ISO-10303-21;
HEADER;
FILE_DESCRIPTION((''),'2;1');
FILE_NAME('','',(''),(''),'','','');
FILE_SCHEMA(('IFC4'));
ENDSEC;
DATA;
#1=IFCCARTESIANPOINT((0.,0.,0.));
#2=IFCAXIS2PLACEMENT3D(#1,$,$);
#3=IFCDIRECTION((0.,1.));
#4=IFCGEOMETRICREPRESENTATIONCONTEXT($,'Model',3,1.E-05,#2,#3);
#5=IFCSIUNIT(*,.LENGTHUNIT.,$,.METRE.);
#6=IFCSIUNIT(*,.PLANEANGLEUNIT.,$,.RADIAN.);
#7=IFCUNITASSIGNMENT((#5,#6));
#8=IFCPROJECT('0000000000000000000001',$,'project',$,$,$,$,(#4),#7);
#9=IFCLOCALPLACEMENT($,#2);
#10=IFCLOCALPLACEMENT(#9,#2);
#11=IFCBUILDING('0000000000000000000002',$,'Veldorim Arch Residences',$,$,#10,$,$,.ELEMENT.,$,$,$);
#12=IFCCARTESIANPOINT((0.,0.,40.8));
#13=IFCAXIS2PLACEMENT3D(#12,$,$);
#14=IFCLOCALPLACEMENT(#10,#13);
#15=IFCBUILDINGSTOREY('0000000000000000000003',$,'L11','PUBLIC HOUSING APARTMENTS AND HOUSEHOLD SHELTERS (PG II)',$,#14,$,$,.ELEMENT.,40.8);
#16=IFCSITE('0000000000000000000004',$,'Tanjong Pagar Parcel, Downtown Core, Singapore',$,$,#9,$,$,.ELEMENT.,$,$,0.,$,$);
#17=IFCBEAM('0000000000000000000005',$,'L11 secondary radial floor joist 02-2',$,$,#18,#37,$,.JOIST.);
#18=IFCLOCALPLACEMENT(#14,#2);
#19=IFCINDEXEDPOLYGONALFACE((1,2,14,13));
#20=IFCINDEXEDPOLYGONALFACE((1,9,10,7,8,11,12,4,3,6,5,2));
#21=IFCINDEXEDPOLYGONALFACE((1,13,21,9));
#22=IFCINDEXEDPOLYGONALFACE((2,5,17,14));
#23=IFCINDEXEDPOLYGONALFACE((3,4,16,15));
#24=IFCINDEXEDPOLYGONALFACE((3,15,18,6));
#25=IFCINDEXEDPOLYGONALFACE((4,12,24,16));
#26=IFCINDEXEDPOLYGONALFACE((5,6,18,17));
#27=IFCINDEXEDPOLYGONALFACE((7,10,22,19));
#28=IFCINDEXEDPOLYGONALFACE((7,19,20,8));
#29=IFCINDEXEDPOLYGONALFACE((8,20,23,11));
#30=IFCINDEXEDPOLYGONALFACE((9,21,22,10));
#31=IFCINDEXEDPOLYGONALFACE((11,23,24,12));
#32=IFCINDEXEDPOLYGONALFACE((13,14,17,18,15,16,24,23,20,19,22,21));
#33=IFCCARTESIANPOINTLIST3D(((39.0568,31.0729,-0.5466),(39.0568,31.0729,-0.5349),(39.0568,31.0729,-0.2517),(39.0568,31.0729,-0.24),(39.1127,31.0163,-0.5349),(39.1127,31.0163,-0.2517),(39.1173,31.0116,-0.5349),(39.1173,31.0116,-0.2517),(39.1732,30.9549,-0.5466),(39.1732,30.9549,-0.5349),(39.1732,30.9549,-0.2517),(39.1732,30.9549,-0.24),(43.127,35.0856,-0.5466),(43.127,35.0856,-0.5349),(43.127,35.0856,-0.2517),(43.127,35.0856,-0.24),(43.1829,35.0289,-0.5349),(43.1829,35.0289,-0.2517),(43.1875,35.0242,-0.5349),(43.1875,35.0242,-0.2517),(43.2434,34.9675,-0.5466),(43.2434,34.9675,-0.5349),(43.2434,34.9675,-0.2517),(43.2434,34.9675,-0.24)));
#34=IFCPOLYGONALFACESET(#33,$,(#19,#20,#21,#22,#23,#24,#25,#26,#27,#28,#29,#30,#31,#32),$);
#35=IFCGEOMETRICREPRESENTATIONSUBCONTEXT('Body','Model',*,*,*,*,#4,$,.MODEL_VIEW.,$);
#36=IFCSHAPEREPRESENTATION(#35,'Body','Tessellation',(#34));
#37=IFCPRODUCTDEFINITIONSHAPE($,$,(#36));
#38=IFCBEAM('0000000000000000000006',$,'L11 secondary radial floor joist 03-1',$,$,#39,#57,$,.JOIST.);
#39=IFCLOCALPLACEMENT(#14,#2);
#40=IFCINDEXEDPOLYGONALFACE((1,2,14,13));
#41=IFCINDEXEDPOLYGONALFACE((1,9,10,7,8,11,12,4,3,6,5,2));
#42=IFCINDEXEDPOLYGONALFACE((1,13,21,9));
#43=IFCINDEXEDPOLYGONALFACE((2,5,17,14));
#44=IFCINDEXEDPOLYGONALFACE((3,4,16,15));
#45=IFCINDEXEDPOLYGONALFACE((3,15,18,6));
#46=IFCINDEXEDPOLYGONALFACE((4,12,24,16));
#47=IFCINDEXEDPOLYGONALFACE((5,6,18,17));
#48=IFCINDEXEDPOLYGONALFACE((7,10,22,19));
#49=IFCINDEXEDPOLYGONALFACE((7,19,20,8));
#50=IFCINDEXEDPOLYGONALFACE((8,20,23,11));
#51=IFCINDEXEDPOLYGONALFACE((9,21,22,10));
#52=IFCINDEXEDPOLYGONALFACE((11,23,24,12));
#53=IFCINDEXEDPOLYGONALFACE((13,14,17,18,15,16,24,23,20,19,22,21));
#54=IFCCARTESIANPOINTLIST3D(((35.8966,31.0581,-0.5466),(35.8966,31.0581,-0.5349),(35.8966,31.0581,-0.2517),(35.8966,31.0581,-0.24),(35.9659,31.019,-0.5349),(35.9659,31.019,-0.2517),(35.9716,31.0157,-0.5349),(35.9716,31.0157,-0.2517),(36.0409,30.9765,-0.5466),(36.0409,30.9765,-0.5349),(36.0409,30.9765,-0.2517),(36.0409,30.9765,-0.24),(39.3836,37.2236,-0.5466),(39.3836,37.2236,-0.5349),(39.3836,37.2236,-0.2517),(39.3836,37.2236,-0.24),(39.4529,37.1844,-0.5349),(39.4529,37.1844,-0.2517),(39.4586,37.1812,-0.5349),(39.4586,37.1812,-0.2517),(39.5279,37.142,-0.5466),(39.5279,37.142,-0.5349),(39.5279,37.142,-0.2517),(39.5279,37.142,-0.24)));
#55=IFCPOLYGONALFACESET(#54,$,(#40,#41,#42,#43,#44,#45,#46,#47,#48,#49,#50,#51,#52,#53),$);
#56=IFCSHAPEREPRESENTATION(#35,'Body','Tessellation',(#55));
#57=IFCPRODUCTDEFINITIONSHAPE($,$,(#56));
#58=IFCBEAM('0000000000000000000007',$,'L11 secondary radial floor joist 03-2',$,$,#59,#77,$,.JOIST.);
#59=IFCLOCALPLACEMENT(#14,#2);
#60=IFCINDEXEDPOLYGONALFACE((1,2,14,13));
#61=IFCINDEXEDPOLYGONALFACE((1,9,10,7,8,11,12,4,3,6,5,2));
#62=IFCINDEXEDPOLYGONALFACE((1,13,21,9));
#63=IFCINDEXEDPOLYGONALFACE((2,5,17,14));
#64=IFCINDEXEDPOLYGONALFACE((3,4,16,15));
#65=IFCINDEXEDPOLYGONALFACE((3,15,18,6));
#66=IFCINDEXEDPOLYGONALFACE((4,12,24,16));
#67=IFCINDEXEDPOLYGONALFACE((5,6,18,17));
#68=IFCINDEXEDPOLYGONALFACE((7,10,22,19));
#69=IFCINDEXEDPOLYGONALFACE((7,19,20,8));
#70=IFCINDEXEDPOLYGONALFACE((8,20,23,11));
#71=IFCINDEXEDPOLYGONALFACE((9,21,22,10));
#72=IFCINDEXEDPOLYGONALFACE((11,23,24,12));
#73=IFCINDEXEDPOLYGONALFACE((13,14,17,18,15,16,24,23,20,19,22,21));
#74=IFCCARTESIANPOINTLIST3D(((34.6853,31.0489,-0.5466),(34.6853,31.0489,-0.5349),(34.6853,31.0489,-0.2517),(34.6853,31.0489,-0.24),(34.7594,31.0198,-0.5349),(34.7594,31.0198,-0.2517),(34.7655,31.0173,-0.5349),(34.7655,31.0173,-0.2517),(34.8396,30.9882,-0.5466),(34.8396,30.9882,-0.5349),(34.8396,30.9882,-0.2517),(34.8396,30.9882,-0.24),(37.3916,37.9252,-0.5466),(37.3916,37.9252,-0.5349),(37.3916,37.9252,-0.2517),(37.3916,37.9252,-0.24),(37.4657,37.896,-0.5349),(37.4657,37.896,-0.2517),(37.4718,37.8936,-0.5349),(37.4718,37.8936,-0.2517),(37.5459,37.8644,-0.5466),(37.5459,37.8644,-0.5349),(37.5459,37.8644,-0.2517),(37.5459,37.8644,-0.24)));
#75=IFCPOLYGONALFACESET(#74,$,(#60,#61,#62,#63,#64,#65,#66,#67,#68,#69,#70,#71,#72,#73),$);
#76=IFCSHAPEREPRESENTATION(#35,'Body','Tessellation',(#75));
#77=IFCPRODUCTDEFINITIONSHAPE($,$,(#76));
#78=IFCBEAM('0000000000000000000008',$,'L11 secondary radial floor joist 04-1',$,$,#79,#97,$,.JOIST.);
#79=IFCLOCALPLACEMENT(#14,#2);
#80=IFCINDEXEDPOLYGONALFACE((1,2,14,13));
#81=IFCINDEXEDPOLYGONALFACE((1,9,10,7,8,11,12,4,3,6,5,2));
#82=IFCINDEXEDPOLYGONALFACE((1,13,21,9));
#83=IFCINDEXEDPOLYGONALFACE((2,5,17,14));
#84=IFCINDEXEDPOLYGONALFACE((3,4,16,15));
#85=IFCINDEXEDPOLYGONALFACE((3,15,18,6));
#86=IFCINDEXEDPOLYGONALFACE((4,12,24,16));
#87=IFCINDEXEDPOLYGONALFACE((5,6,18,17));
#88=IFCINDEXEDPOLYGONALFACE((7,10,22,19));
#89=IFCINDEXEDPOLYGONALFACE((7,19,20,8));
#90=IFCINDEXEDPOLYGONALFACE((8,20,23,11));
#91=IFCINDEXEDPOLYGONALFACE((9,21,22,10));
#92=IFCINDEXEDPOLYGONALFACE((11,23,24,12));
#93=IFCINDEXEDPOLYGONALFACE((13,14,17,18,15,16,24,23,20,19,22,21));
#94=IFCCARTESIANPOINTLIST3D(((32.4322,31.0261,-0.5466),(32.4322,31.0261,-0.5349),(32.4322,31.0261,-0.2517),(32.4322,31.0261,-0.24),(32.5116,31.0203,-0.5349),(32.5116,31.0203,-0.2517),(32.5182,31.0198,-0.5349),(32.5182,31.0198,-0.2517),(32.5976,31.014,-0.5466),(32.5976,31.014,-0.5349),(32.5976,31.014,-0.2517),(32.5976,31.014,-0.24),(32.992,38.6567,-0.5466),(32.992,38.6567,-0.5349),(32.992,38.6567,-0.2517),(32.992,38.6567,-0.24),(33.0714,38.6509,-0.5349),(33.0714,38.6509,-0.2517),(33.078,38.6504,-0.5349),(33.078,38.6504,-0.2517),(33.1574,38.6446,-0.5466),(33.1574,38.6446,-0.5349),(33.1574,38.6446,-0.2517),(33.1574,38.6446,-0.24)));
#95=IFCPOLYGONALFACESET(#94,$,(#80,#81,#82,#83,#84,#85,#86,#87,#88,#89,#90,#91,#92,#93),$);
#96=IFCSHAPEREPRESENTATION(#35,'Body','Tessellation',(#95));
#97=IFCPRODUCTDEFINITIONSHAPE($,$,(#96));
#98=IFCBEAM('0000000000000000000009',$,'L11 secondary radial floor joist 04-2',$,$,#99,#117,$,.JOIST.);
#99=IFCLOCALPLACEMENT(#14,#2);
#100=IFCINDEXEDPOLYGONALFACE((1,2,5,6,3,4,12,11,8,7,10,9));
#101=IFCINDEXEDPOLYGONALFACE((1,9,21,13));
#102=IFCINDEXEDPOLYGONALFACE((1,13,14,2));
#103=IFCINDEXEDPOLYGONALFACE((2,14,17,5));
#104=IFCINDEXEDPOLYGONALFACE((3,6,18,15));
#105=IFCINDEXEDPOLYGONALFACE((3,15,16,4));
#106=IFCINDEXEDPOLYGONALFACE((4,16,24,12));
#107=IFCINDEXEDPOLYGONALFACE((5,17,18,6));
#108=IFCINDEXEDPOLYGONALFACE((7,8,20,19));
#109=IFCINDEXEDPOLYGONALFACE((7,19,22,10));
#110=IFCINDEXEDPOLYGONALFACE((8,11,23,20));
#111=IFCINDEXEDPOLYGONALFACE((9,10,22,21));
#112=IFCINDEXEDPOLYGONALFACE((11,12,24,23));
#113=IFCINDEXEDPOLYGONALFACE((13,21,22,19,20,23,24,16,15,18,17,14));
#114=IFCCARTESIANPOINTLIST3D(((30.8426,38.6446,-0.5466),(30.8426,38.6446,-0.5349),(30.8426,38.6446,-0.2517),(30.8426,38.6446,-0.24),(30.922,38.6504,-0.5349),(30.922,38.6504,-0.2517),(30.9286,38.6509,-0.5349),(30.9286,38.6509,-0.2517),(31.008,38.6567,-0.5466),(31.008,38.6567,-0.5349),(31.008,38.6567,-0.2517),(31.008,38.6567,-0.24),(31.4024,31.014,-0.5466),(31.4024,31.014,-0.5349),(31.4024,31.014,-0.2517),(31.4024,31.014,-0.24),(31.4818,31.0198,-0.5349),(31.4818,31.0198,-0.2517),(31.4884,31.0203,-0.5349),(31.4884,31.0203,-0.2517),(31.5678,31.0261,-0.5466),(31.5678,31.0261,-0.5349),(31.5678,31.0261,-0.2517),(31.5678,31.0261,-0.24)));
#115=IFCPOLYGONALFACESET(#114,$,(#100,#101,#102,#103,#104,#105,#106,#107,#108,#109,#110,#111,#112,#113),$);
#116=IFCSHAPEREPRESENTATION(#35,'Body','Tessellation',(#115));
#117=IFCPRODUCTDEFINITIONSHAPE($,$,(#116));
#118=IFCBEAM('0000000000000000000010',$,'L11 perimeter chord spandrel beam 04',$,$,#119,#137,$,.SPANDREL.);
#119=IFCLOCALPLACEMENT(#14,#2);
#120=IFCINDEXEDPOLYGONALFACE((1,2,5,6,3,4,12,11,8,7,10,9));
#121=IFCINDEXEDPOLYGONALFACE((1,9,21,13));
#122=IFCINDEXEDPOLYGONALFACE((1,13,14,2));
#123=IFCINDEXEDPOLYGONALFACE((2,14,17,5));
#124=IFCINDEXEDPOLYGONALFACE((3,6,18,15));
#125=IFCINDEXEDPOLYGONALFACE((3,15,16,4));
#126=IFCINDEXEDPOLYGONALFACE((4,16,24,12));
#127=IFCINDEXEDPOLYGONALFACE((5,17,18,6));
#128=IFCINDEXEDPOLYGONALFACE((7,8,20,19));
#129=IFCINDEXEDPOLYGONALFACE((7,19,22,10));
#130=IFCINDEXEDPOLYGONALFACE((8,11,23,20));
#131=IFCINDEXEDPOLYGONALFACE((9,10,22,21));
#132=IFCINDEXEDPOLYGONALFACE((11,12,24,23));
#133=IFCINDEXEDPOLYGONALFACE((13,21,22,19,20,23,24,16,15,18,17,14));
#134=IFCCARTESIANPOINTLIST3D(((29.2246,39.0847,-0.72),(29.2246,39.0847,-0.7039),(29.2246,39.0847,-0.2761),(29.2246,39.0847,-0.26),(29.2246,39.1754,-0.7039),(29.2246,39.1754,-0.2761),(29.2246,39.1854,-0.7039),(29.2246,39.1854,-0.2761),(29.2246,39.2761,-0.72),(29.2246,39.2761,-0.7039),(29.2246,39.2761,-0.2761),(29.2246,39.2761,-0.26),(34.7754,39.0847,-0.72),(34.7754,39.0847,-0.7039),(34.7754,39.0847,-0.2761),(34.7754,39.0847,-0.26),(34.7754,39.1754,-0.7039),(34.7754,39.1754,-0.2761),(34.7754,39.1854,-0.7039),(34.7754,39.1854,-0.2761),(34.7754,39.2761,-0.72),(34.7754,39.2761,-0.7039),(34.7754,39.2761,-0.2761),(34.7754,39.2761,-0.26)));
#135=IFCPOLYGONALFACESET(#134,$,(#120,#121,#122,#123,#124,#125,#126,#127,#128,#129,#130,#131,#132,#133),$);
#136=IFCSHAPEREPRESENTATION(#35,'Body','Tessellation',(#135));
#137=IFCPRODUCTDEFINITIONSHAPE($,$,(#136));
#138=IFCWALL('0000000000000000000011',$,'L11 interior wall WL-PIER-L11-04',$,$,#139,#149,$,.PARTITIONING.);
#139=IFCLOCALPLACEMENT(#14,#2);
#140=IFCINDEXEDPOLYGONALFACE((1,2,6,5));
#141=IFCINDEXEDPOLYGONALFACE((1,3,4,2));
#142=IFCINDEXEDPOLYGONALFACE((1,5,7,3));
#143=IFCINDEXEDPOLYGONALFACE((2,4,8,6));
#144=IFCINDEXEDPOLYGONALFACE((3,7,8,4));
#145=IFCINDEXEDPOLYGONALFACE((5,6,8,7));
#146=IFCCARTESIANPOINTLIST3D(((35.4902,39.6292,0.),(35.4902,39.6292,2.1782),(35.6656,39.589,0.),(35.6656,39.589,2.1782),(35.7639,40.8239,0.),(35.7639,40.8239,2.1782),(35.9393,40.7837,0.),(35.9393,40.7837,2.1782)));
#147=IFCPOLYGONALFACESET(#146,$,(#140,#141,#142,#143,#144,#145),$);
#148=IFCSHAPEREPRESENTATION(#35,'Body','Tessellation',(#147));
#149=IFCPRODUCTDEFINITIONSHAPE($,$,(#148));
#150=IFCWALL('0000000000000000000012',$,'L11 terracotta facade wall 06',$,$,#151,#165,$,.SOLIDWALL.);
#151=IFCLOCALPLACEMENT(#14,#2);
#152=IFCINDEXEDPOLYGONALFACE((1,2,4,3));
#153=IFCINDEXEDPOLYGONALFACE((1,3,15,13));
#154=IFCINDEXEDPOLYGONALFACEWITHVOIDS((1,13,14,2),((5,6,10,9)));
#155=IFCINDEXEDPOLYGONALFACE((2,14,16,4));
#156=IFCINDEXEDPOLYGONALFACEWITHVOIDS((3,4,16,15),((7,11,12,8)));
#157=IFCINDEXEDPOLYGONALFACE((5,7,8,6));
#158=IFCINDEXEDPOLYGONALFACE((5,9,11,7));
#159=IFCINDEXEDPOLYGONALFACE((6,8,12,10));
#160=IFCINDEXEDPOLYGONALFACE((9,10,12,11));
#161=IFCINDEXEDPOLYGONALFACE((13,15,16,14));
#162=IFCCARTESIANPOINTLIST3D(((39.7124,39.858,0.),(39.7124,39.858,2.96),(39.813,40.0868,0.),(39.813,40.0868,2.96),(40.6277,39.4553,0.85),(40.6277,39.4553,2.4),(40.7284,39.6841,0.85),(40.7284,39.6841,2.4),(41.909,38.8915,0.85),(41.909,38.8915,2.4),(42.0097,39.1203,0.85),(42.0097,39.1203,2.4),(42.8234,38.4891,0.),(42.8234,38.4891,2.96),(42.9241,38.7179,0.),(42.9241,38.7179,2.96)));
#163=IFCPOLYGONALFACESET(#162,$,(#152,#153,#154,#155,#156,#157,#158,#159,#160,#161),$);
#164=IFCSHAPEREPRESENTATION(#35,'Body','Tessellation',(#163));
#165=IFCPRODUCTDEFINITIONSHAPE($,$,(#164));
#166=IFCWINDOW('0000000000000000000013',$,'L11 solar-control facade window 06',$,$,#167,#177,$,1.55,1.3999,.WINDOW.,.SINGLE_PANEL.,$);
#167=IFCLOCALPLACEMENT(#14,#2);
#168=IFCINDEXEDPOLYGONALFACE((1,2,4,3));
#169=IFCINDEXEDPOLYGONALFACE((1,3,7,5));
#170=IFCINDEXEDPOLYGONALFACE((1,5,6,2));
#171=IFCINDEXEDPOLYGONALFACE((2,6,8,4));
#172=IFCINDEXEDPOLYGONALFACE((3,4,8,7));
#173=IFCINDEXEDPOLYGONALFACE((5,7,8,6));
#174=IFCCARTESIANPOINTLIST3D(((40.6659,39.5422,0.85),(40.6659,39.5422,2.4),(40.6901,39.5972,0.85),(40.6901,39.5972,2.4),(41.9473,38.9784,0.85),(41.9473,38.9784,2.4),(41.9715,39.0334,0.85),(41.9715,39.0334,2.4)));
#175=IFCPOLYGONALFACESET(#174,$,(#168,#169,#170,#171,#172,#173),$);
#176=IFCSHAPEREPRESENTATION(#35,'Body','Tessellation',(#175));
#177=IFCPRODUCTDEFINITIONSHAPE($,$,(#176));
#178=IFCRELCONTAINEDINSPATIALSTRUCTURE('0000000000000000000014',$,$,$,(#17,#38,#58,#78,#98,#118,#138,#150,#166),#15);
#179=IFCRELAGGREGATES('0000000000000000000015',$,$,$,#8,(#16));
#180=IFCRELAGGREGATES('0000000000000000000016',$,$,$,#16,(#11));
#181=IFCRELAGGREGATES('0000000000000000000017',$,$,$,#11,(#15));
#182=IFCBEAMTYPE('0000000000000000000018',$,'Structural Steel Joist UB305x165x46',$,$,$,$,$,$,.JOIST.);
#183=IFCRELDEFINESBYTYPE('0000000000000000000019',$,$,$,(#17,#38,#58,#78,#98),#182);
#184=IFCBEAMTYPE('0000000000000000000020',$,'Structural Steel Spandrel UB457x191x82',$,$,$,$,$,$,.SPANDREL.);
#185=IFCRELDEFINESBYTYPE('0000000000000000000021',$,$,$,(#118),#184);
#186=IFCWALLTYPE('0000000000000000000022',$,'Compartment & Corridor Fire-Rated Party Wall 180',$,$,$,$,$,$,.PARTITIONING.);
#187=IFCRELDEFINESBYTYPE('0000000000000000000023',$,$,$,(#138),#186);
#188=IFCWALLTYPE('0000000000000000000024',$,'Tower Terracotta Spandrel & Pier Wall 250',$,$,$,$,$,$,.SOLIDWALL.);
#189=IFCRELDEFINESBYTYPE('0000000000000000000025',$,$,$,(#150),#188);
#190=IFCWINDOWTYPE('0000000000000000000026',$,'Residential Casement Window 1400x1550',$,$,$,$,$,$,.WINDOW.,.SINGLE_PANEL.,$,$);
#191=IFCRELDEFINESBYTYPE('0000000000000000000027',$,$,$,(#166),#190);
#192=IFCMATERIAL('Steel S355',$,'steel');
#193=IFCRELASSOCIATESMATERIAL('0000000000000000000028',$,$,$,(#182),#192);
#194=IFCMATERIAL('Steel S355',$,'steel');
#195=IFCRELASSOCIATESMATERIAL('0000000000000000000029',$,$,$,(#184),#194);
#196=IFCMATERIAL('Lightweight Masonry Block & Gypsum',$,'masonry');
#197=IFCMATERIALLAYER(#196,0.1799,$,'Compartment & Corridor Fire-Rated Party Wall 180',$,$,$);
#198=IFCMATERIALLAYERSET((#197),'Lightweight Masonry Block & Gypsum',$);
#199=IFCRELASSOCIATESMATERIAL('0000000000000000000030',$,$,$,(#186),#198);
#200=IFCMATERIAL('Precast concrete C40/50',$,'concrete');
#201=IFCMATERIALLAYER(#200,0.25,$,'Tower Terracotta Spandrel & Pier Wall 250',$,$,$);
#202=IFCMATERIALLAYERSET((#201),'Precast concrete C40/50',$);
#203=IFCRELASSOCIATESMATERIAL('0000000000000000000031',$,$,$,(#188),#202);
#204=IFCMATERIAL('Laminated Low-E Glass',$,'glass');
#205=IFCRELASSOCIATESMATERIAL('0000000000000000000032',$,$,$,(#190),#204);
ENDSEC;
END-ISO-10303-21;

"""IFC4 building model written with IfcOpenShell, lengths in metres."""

from ifc_helpers import new_model, si_unit, direction, frame, frame_2d, origin, origin_2d, place, context, subcontext, project, spatial, rectangle, i_section, extrude, material, layer, layer_set, material_profile, profile_set, type_object, element, fill, save


model = new_model("IFC4")

# Units and contexts
model_context = context("Model", 3, precision=1e-05, world=origin(), true_north=direction((0.0, 1.0)))
body_context = subcontext(model_context, "Body", "Model", "MODEL_VIEW")
ifc_project = project(units=[si_unit("LENGTHUNIT", "METRE"), si_unit("PLANEANGLEUNIT", "RADIAN")], contexts=[model_context])

# Site, building, storey
site_placement = place(None, origin())
site = spatial("IfcSite", under=ifc_project, at=site_placement, Name="Tanjong Pagar Parcel, Downtown Core, Singapore", CompositionType="ELEMENT", RefElevation=0.0)
building_placement = place(site_placement, origin())
building = spatial("IfcBuilding", under=site, at=building_placement, Name="Veldorim Arch Residences", CompositionType="ELEMENT")
storey_placement = place(building_placement, frame((0.0, 0.0, 40.8)))
storey = spatial("IfcBuildingStorey", under=building, at=storey_placement, Name="L11", Description="PUBLIC HOUSING APARTMENTS AND HOUSEHOLD SHELTERS (PG II)", CompositionType="ELEMENT", Elevation=40.8)

# Beams
ifc_material_1 = material(Name="Steel S355", Category="steel")
ifc_material_profile_1 = material_profile(ifc_material_1, i_section(OverallWidth=0.1658, OverallDepth=0.3066, WebThickness=0.0066, FlangeThickness=0.0117, at=origin_2d()), Name="UB305x165x46")
ifc_profile_set_1 = profile_set([ifc_material_profile_1], Name="Steel S355")
beam_type_1 = type_object("IfcBeamType", Name="Structural Steel Joist UB305x165x46", PredefinedType="JOIST", material=ifc_profile_set_1)
beam_1_placement = place(storey_placement, frame((39.115, 31.0139, -0.3933), z_axis=(0.712129, 0.702049, 0.0), x_axis=(-0.702049, 0.712129, 0.0)))
element("IfcBeam", 1, at=beam_1_placement, inside=storey, type_object=beam_type_1, Name="L11 secondary radial floor joist 02-2", PredefinedType="JOIST", context=body_context, shape_type="SweptSolid", body=[
    extrude(i_section(OverallWidth=0.1658, OverallDepth=0.3066, WebThickness=0.0066, FlangeThickness=0.0117, at=origin_2d()), origin(), (0.0, 0.0, 1.0), 5.7156),
])
beam_2_placement = place(storey_placement, frame((35.9688, 31.0173, -0.3933), z_axis=(0.492292, 0.87043, 0.0), x_axis=(-0.87043, 0.492292, 0.0)))
element("IfcBeam", 2, at=beam_2_placement, inside=storey, type_object=beam_type_1, Name="L11 secondary radial floor joist 03-1", PredefinedType="JOIST", context=body_context, shape_type="SweptSolid", body=[
    extrude(i_section(OverallWidth=0.1658, OverallDepth=0.3066, WebThickness=0.0066, FlangeThickness=0.0117, at=origin_2d()), origin(), (0.0, 0.0, 1.0), 7.0833),
])
beam_3_placement = place(storey_placement, frame((34.7625, 31.0186, -0.3933), z_axis=(0.36623, 0.930524, 0.0), x_axis=(-0.930524, 0.36623, 0.0)))
element("IfcBeam", 3, at=beam_3_placement, inside=storey, type_object=beam_type_1, Name="L11 secondary radial floor joist 03-2", PredefinedType="JOIST", context=body_context, shape_type="SweptSolid", body=[
    extrude(i_section(OverallWidth=0.1658, OverallDepth=0.3066, WebThickness=0.0066, FlangeThickness=0.0117, at=origin_2d()), origin(), (0.0, 0.0, 1.0), 7.3896),
])
for number, where, z_axis, x_axis, name in (
    (4, (32.5149, 31.02, -0.3933), (0.073168, 0.99732, 0.0), (-0.99732, 0.073168, 0.0), "L11 secondary radial floor joist 04-1"),
    (5, (31.4851, 31.02, -0.3933), (-0.073168, 0.99732, 0.0), (-0.99732, -0.073168, 0.0), "L11 secondary radial floor joist 04-2"),
):
    element("IfcBeam", number, at=place(storey_placement, frame(where, z_axis=z_axis, x_axis=x_axis)), inside=storey, type_object=beam_type_1, Name=name, PredefinedType="JOIST", context=body_context, shape_type="SweptSolid", body=[
        extrude(i_section(OverallWidth=0.1658, OverallDepth=0.3066, WebThickness=0.0066, FlangeThickness=0.0117, at=origin_2d()), origin(), (0.0, 0.0, 1.0), 7.6511),
    ])
ifc_material_2 = material(Name="Steel S355", Category="steel")
ifc_material_profile_2 = material_profile(ifc_material_2, i_section(OverallWidth=0.1914, OverallDepth=0.46, WebThickness=0.01, FlangeThickness=0.0161, at=origin_2d()), Name="UB457x191x82")
ifc_profile_set_2 = profile_set([ifc_material_profile_2], Name="Steel S355")
beam_type_2 = type_object("IfcBeamType", Name="Structural Steel Spandrel UB457x191x82", PredefinedType="SPANDREL", material=ifc_profile_set_2)
beam_4_placement = place(storey_placement, frame((34.7754, 39.1804, -0.49), z_axis=(-1.0, 0.0, 0.0), x_axis=(0.0, -1.0, 0.0)))
element("IfcBeam", 6, at=beam_4_placement, inside=storey, type_object=beam_type_2, Name="L11 perimeter chord spandrel beam 04", PredefinedType="SPANDREL", context=body_context, shape_type="SweptSolid", body=[
    extrude(i_section(OverallWidth=0.1914, OverallDepth=0.46, WebThickness=0.01, FlangeThickness=0.0161, at=origin_2d()), origin(), (0.0, 0.0, 1.0), 5.5508),
])

# Wall
ifc_material_3 = material(Name="Lightweight Masonry Block & Gypsum", Category="masonry")
ifc_layer_1 = layer(ifc_material_3, 0.1799, Name="Compartment & Corridor Fire-Rated Party Wall 180")
ifc_layer_set_1 = layer_set([ifc_layer_1], Name="Lightweight Masonry Block & Gypsum")
wall_type_1 = type_object("IfcWallType", Name="Compartment & Corridor Fire-Rated Party Wall 180", PredefinedType="PARTITIONING", material=ifc_layer_set_1)
wall_1_placement = place(storey_placement, frame((35.5779, 39.6091, 0.0), z_axis=(0.0, 0.0, 1.0), x_axis=(0.223317, 0.974746, 0.0)))
element("IfcWall", 7, at=wall_1_placement, inside=storey, type_object=wall_type_1, Name="L11 interior wall WL-PIER-L11-04", PredefinedType="PARTITIONING", context=body_context, shape_type="SweptSolid", body=[
    extrude(rectangle(XDim=1.2256, YDim=0.1799, at=frame_2d((0.6128, 0.0))), origin(), (0.0, 0.0, 1.0), 2.1782),
])

# Wall, opening, window
ifc_material_4 = material(Name="Precast concrete C40/50", Category="concrete")
ifc_layer_2 = layer(ifc_material_4, 0.25, Name="Tower Terracotta Spandrel & Pier Wall 250")
ifc_layer_set_2 = layer_set([ifc_layer_2], Name="Precast concrete C40/50")
wall_type_2 = type_object("IfcWallType", Name="Tower Terracotta Spandrel & Pier Wall 250", PredefinedType="SOLIDWALL", material=ifc_layer_set_2)
wall_2_placement = place(storey_placement, frame((39.7627, 39.9724, 0.0), z_axis=(0.0, 0.0, 1.0), x_axis=(0.915313, -0.402743, 0.0)))
wall_2 = element("IfcWall", 8, at=wall_2_placement, inside=storey, type_object=wall_type_2, Name="L11 terracotta facade wall 06", PredefinedType="SOLIDWALL", context=body_context, shape_type="SweptSolid", body=[
    extrude(rectangle(XDim=3.3989, YDim=0.25, at=frame_2d((1.6995, 0.0))), origin(), (0.0, 0.0, 1.0), 2.96),
])
opening_1_placement = place(wall_2_placement, frame((1.0, 0.0, 0.8501)))
opening_1 = element("IfcOpeningElement", 9, at=opening_1_placement, cuts=wall_2, PredefinedType="OPENING", context=body_context, shape_type="SweptSolid", body=[
    extrude(rectangle(XDim=1.3999, YDim=1.55, at=frame_2d((0.7, 0.7749))), frame((0.0, 0.135, 0.0), z_axis=(0.0, -1.0, 0.0), x_axis=(1.0, 0.0, 0.0)), (0.0, 0.0, 1.0), 0.27),
])
ifc_material_5 = material(Name="Laminated Low-E Glass", Category="glass")
window_type_1 = type_object("IfcWindowType", Name="Residential Casement Window 1400x1550", PartitioningType="SINGLE_PANEL", PredefinedType="WINDOW", material=ifc_material_5)
window_1_placement = place(opening_1_placement, origin())
window_1 = element("IfcWindow", 10, at=window_1_placement, inside=storey, type_object=window_type_1, Name="L11 solar-control facade window 06", OverallHeight=1.55, OverallWidth=1.3999, PartitioningType="SINGLE_PANEL", PredefinedType="WINDOW", context=body_context, shape_type="SweptSolid", body=[
    extrude(rectangle(XDim=1.3999, YDim=1.55, at=frame_2d((0.7, 0.7749))), frame((0.0, 0.03, 0.0), z_axis=(0.0, -1.0, 0.0), x_axis=(1.0, 0.0, 0.0)), (0.0, 0.0, 1.0), 0.0601),
])
fill(opening_1, window_1)

save(model, "model.ifc")
